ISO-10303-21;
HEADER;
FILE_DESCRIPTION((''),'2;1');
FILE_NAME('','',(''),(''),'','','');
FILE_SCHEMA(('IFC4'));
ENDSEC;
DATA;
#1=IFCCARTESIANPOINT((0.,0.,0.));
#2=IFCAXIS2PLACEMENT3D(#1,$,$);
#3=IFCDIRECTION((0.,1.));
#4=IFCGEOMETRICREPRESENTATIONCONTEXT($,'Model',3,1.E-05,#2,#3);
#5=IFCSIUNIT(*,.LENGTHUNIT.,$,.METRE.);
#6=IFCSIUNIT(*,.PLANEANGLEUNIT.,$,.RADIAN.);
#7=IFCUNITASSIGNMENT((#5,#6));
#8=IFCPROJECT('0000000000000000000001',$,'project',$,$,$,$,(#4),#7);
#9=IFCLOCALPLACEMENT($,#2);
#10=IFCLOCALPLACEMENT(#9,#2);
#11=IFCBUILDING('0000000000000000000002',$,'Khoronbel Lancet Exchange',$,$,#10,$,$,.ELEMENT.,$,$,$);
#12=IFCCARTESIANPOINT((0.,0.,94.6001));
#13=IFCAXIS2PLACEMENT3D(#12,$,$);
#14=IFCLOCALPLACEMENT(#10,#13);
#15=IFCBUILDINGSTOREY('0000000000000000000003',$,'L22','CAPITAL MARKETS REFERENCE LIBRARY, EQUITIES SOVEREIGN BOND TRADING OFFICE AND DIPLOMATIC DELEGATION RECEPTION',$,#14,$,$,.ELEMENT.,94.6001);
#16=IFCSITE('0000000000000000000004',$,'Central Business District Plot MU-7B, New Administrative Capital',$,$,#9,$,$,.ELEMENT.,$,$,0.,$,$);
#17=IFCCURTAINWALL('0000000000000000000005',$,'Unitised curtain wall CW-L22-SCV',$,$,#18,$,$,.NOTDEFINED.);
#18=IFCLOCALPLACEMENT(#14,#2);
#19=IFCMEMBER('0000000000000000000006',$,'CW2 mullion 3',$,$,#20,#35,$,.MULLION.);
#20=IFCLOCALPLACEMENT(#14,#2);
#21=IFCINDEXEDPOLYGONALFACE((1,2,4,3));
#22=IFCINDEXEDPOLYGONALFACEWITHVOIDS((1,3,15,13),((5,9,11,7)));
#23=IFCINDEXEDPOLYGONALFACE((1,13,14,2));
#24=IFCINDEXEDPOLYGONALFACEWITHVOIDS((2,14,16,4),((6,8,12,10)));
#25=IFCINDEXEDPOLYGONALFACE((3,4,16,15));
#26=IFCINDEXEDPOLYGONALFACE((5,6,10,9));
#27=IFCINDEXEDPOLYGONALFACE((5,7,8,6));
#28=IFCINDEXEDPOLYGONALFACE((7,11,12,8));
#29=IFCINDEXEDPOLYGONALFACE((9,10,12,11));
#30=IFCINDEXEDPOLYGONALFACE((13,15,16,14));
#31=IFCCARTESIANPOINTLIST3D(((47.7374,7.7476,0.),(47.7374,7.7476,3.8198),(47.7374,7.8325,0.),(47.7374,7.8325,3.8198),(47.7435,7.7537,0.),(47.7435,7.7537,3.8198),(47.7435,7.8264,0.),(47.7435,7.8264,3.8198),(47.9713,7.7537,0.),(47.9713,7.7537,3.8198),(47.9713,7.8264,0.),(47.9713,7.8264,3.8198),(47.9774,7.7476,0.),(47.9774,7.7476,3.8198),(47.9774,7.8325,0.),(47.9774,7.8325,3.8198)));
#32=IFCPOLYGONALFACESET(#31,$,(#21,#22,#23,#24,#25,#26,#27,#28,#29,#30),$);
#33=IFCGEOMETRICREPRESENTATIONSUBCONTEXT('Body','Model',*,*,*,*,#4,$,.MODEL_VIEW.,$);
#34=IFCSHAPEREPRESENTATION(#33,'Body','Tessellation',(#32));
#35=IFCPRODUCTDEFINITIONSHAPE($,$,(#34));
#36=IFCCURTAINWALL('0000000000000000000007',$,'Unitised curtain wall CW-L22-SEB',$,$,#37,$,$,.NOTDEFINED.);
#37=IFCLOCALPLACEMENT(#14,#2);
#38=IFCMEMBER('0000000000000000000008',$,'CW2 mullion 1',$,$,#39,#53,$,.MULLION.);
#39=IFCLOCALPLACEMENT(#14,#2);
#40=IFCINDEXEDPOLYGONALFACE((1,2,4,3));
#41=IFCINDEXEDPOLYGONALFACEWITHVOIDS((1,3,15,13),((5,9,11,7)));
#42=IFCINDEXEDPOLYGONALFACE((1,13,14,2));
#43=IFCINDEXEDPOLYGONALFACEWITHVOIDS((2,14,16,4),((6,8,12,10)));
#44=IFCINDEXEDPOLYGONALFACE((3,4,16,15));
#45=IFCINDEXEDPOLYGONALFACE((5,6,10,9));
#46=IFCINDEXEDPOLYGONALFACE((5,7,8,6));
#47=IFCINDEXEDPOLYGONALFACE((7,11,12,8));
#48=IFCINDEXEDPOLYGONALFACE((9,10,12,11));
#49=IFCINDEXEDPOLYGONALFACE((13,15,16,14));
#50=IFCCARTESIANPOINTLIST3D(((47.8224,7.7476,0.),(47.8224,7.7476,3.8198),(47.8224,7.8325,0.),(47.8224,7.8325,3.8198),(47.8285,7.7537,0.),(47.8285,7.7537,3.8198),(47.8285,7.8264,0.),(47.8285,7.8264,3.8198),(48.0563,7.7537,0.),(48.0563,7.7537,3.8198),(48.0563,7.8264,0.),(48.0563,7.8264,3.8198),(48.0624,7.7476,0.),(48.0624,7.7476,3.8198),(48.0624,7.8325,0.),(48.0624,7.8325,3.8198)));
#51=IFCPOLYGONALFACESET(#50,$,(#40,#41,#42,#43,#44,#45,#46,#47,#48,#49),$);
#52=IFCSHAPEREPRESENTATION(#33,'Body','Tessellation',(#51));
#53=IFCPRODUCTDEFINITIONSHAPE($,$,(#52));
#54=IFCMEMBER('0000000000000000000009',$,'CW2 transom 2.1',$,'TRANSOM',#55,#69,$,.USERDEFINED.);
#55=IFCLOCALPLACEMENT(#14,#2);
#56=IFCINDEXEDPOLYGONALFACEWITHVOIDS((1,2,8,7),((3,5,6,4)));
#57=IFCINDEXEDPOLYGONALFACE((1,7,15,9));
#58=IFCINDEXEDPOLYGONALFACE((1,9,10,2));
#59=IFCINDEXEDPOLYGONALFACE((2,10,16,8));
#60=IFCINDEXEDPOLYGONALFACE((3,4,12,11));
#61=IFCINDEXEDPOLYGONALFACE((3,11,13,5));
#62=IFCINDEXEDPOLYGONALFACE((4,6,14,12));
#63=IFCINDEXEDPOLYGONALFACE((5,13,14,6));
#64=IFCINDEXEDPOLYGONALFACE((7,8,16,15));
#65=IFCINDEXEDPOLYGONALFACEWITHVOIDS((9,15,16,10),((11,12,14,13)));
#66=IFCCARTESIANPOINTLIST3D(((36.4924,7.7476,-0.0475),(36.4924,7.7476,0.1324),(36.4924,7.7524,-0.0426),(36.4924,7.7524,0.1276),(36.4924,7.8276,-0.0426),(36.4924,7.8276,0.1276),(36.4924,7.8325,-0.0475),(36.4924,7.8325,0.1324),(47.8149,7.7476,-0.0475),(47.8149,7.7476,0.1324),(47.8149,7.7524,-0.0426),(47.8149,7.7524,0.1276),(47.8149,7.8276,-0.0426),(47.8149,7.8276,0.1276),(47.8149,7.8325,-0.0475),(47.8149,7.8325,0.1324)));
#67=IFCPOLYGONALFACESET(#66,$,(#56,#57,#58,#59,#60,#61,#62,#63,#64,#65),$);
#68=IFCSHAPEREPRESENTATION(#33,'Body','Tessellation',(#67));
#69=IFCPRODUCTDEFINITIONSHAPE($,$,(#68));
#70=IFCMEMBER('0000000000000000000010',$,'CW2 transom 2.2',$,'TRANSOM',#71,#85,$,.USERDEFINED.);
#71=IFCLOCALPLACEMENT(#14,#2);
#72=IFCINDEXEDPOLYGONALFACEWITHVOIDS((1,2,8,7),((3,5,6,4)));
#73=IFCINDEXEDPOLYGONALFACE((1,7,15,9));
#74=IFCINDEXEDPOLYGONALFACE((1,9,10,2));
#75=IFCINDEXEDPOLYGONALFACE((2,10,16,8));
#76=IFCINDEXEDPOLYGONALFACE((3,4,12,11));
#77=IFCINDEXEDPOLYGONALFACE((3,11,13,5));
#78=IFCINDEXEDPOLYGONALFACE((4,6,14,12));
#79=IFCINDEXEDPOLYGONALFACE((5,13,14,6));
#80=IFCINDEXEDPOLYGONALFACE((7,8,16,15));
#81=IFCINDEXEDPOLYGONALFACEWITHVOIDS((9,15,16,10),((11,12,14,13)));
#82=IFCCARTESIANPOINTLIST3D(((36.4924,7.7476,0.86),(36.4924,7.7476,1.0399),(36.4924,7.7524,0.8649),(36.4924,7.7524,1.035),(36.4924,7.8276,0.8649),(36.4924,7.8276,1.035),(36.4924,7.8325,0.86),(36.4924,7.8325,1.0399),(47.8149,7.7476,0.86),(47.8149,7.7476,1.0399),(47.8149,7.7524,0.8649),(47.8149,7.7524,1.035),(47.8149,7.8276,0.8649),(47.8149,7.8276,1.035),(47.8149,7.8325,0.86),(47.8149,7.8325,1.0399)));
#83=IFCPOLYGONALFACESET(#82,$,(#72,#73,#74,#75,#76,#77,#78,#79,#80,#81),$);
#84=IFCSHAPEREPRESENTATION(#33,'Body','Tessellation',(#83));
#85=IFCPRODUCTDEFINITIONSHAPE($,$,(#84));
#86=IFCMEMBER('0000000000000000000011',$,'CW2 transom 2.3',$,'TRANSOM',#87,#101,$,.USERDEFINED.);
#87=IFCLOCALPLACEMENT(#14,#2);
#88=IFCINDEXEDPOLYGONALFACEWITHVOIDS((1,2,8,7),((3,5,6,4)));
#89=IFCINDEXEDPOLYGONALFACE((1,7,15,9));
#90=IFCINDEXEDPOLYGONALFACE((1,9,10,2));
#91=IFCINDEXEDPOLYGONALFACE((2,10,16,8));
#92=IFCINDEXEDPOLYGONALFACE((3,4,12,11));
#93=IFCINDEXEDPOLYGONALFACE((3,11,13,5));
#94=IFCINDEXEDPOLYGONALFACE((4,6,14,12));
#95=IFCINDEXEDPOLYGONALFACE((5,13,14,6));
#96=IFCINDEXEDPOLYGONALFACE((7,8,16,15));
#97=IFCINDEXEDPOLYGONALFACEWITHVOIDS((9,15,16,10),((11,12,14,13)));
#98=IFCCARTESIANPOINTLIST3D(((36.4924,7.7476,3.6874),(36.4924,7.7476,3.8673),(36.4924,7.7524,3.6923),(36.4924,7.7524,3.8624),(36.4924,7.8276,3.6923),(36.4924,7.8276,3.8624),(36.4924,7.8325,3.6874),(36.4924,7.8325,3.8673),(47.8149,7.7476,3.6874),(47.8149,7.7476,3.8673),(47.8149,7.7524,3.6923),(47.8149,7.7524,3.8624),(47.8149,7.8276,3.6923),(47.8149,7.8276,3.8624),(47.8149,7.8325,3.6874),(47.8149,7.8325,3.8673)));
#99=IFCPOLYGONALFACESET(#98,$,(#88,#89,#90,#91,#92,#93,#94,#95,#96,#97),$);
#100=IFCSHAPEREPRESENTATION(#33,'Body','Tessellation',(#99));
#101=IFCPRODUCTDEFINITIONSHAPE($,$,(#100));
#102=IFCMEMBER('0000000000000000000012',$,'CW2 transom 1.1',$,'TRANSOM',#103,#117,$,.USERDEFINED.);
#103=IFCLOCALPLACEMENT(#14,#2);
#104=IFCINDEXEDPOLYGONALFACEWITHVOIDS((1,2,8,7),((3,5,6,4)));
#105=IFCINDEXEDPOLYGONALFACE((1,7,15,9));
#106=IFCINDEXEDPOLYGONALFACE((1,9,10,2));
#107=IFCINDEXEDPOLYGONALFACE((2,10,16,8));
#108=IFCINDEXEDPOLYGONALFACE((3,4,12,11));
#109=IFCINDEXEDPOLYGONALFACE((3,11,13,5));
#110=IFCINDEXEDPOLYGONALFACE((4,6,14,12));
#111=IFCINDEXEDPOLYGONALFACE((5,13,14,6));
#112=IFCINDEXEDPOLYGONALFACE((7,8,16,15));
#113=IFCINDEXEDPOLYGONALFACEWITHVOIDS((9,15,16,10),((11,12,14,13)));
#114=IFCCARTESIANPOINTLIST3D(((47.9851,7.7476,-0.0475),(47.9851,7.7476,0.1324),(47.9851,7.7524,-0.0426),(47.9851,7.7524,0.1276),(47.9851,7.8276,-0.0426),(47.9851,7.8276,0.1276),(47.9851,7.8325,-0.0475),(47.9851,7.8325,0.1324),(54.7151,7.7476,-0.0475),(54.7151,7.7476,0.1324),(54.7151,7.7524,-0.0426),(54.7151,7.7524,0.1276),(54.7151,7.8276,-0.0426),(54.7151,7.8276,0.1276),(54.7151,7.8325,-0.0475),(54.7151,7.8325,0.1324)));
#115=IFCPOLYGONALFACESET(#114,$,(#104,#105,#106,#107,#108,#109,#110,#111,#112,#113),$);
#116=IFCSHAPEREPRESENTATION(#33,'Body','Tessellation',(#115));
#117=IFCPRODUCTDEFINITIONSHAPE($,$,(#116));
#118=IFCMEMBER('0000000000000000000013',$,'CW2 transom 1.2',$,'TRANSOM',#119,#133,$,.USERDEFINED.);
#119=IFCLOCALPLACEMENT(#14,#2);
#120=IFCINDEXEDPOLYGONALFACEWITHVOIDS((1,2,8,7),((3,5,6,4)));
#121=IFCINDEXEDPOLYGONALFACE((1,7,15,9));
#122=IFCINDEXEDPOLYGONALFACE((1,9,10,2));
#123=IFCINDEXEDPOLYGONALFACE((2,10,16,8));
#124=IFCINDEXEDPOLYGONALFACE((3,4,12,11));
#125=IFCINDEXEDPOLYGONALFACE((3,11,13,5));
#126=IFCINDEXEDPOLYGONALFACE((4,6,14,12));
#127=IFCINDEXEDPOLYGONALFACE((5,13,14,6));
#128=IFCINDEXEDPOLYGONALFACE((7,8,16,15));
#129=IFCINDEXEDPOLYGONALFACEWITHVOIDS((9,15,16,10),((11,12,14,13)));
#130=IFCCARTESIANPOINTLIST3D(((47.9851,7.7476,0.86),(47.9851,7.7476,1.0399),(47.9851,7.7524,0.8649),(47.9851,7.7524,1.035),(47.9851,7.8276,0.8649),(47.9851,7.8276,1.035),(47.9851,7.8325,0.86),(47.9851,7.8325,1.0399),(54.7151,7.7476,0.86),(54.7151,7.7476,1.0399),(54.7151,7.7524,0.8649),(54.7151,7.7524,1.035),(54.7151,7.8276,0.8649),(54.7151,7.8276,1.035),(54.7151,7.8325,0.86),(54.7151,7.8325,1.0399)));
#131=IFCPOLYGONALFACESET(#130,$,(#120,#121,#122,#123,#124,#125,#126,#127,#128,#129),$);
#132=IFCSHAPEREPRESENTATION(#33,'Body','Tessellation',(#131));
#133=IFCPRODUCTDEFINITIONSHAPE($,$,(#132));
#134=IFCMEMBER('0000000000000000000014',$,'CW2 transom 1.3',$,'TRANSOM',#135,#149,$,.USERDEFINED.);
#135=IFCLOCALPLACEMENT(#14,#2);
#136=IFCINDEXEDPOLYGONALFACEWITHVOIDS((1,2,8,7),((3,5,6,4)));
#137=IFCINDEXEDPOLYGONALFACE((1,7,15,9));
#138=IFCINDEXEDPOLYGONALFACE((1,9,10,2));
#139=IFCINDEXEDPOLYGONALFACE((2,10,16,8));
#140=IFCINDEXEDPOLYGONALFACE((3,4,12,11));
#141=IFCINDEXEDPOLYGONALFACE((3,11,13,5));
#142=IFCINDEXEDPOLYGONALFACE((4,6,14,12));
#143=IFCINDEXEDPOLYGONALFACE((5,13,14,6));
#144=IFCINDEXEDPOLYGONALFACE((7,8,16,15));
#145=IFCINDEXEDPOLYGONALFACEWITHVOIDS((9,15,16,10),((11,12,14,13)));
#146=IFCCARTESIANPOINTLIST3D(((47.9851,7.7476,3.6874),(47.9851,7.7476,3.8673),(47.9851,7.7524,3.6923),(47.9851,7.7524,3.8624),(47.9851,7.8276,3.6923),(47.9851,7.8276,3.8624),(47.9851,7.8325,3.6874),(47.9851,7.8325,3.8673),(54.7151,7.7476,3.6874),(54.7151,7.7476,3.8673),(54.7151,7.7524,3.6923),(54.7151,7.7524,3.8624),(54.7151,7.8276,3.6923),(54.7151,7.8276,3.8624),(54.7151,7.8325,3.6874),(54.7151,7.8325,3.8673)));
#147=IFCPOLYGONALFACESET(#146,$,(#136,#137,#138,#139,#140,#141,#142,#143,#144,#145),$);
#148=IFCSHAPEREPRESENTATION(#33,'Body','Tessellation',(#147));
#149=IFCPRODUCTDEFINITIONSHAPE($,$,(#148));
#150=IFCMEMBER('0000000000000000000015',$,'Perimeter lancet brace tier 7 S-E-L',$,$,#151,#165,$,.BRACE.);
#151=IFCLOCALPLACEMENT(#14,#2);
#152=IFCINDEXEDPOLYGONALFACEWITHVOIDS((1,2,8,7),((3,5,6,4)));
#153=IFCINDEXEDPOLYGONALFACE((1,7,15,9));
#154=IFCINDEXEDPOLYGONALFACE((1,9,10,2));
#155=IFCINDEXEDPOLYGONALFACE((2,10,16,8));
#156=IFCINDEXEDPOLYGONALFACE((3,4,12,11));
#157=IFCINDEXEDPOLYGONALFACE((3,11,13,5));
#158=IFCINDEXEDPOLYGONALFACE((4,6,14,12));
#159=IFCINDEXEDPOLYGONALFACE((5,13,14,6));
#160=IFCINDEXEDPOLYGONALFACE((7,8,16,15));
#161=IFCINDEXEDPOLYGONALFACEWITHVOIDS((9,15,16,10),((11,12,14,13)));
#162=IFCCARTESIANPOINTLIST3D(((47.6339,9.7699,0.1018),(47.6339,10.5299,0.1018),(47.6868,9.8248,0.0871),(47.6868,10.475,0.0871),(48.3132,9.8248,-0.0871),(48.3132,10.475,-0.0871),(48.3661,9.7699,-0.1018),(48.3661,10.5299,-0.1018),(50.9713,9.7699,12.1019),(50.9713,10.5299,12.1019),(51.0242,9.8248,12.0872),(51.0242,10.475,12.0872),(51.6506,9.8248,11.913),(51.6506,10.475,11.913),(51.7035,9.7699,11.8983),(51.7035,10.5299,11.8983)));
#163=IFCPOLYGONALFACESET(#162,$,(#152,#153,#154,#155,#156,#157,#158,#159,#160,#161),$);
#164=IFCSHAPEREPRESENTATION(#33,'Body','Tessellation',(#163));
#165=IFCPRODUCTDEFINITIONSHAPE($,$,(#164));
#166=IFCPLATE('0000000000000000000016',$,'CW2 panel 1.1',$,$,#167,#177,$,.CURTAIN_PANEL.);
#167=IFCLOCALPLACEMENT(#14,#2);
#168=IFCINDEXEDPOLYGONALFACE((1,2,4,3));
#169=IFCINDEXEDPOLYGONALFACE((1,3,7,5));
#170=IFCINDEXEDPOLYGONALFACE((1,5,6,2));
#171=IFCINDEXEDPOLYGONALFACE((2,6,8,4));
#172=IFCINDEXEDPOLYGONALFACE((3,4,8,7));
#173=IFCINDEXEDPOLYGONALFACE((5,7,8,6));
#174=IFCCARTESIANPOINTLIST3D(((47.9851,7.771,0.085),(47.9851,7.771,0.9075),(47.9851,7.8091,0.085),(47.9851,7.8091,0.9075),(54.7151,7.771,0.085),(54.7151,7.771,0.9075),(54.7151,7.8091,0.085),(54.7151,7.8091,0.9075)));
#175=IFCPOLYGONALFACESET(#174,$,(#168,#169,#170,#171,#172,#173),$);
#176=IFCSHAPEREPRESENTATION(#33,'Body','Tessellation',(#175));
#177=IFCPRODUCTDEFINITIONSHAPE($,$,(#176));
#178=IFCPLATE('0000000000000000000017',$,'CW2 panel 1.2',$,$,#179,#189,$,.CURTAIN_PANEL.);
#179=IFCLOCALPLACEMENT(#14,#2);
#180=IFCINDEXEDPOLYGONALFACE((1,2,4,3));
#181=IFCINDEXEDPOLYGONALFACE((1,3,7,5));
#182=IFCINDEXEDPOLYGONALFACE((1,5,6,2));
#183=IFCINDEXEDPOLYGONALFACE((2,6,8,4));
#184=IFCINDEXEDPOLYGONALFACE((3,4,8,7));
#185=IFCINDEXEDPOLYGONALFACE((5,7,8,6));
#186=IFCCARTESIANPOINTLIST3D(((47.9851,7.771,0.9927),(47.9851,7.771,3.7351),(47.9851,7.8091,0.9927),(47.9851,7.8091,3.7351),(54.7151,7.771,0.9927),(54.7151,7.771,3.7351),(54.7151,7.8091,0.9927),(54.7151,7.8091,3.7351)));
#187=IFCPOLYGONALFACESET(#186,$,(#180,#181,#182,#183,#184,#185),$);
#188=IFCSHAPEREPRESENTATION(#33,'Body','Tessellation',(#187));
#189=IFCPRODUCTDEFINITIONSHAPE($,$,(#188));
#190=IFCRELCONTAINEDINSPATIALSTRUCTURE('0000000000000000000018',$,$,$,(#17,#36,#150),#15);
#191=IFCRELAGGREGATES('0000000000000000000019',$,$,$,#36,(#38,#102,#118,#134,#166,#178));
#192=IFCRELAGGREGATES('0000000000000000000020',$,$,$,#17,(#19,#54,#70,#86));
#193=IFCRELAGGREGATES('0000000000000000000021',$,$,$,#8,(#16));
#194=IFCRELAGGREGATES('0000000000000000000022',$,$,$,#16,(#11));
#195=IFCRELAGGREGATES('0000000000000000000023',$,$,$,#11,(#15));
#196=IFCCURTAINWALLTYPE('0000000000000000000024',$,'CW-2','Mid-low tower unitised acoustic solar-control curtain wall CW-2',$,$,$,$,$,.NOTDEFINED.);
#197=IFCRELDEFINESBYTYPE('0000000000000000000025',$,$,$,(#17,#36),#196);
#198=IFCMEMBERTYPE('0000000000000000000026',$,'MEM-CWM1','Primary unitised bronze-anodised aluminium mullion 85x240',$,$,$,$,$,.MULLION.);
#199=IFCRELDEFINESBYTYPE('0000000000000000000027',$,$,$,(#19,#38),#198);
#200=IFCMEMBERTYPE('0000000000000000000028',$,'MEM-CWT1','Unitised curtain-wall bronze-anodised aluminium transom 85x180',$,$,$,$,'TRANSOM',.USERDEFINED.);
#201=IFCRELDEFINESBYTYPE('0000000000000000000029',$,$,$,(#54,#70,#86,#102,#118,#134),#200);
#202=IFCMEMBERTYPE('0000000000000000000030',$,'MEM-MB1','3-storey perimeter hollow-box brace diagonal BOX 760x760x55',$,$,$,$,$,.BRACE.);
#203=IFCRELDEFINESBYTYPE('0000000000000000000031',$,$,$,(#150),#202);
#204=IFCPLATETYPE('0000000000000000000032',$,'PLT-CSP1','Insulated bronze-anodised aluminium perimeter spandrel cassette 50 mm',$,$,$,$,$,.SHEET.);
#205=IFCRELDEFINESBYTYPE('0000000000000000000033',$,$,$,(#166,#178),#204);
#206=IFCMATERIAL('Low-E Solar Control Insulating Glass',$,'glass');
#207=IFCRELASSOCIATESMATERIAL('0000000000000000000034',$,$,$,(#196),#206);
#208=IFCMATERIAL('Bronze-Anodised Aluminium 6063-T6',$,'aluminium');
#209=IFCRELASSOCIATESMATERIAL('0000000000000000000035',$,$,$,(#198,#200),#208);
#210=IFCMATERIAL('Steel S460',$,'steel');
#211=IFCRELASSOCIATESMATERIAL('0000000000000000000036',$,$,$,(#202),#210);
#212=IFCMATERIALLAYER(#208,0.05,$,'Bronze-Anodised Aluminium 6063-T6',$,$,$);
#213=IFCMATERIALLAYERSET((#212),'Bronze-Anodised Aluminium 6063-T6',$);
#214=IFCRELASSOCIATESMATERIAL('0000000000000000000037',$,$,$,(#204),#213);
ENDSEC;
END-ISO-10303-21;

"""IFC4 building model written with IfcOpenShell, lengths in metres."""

from ifc_helpers import new_model, si_unit, direction, frame, origin, origin_2d, place, context, subcontext, project, spatial, rectangle, hollow_rectangle, extrude, material, layer, layer_set, material_profile, profile_set, type_object, element, aggregate, save


model = new_model("IFC4")

# Units and contexts
model_context = context("Model", 3, precision=1e-05, world=origin(), true_north=direction((0.0, 1.0)))
body_context = subcontext(model_context, "Body", "Model", "MODEL_VIEW")
ifc_project = project(units=[si_unit("LENGTHUNIT", "METRE"), si_unit("PLANEANGLEUNIT", "RADIAN")], contexts=[model_context])

# Site, building, storey
site_placement = place(None, origin())
site = spatial("IfcSite", under=ifc_project, at=site_placement, Name="Central Business District Plot MU-7B, New Administrative Capital", CompositionType="ELEMENT", RefElevation=0.0)
building_placement = place(site_placement, origin())
building = spatial("IfcBuilding", under=site, at=building_placement, Name="Khoronbel Lancet Exchange", CompositionType="ELEMENT")
storey_placement = place(building_placement, frame((0.0, 0.0, 94.6001)))
storey = spatial("IfcBuildingStorey", under=building, at=storey_placement, Name="L22", Description="CAPITAL MARKETS REFERENCE LIBRARY, EQUITIES SOVEREIGN BOND TRADING OFFICE AND DIPLOMATIC DELEGATION RECEPTION", CompositionType="ELEMENT", Elevation=94.6001)

# Shared definitions
ifc_material_1 = material(Name="Steel S460", Category="steel")

# Curtain wall, member
ifc_material_2 = material(Name="Low-E Solar Control Insulating Glass", Category="glass")
curtain_wall_type = type_object("IfcCurtainWallType", Name="CW-2", Description="Mid-low tower unitised acoustic solar-control curtain wall CW-2", PredefinedType="NOTDEFINED", material=ifc_material_2)
curtain_wall_1_placement = place(storey_placement, origin())
curtain_wall_1 = element("IfcCurtainWall", 1, at=curtain_wall_1_placement, inside=storey, type_object=curtain_wall_type, Name="Unitised curtain wall CW-L22-SCV", PredefinedType="NOTDEFINED")
ifc_material_3 = material(Name="Bronze-Anodised Aluminium 6063-T6", Category="aluminium")
ifc_material_profile_1 = material_profile(ifc_material_3, hollow_rectangle(XDim=0.085, YDim=0.24, WallThickness=0.0061, at=origin_2d()), Name="ALU MULLION 85x240")
ifc_profile_set_1 = profile_set([ifc_material_profile_1], Name="Bronze-Anodised Aluminium 6063-T6")
member_type_1 = type_object("IfcMemberType", Name="MEM-CWM1", Description="Primary unitised bronze-anodised aluminium mullion 85x240", PredefinedType="MULLION", material=ifc_profile_set_1)
member_1_placement = place(storey_placement, frame((47.8574, 7.79, 0.0), z_axis=(0.0, 0.0, 1.0), x_axis=(0.0, 1.0, 0.0)))
member_1 = element("IfcMember", 2, at=member_1_placement, type_object=member_type_1, Name="CW2 mullion 3", PredefinedType="MULLION", context=body_context, shape_type="SweptSolid", body=[
    extrude(hollow_rectangle(XDim=0.085, YDim=0.24, WallThickness=0.0061, at=origin_2d()), origin(), (0.0, 0.0, 1.0), 3.8198),
])

# Curtain wall, member
curtain_wall_2_placement = place(storey_placement, origin())
curtain_wall_2 = element("IfcCurtainWall", 3, at=curtain_wall_2_placement, inside=storey, type_object=curtain_wall_type, Name="Unitised curtain wall CW-L22-SEB", PredefinedType="NOTDEFINED")
member_2_placement = place(storey_placement, frame((47.9424, 7.79, 0.0), z_axis=(0.0, 0.0, 1.0), x_axis=(0.0, 1.0, 0.0)))
member_2 = element("IfcMember", 4, at=member_2_placement, type_object=member_type_1, Name="CW2 mullion 1", PredefinedType="MULLION", context=body_context, shape_type="SweptSolid", body=[
    extrude(hollow_rectangle(XDim=0.085, YDim=0.24, WallThickness=0.0061, at=origin_2d()), origin(), (0.0, 0.0, 1.0), 3.8198),
])

# Members
ifc_material_profile_2 = material_profile(ifc_material_3, hollow_rectangle(XDim=0.085, YDim=0.1799, WallThickness=0.0049, at=origin_2d()), Name="ALU TRANSOM 85x180")
ifc_profile_set_2 = profile_set([ifc_material_profile_2], Name="Bronze-Anodised Aluminium 6063-T6")
member_type_2 = type_object("IfcMemberType", Name="MEM-CWT1", Description="Unitised curtain-wall bronze-anodised aluminium transom 85x180", ElementType="TRANSOM", PredefinedType="USERDEFINED", material=ifc_profile_set_2)
member_3_placement = place(storey_placement, frame((36.4924, 7.79, 0.0425), z_axis=(1.0, 0.0, 0.0), x_axis=(0.0, 1.0, 0.0)))
member_3 = element("IfcMember", 5, at=member_3_placement, type_object=member_type_2, Name="CW2 transom 2.1", ObjectType="TRANSOM", PredefinedType="USERDEFINED", context=body_context, shape_type="SweptSolid", body=[
    extrude(hollow_rectangle(XDim=0.085, YDim=0.1799, WallThickness=0.0049, at=origin_2d()), origin(), (0.0, 0.0, 1.0), 11.3225),
])
member_4_placement = place(storey_placement, frame((36.4924, 7.79, 0.95), z_axis=(1.0, 0.0, 0.0), x_axis=(0.0, 1.0, 0.0)))
member_4 = element("IfcMember", 6, at=member_4_placement, type_object=member_type_2, Name="CW2 transom 2.2", ObjectType="TRANSOM", PredefinedType="USERDEFINED", context=body_context, shape_type="SweptSolid", body=[
    extrude(hollow_rectangle(XDim=0.085, YDim=0.1799, WallThickness=0.0049, at=origin_2d()), origin(), (0.0, 0.0, 1.0), 11.3225),
])
member_5_placement = place(storey_placement, frame((36.4924, 7.79, 3.7773), z_axis=(1.0, 0.0, 0.0), x_axis=(0.0, 1.0, 0.0)))
member_5 = element("IfcMember", 7, at=member_5_placement, type_object=member_type_2, Name="CW2 transom 2.3", ObjectType="TRANSOM", PredefinedType="USERDEFINED", context=body_context, shape_type="SweptSolid", body=[
    extrude(hollow_rectangle(XDim=0.085, YDim=0.1799, WallThickness=0.0049, at=origin_2d()), origin(), (0.0, 0.0, 1.0), 11.3225),
])
member_6_placement = place(storey_placement, frame((47.9851, 7.79, 0.0425), z_axis=(1.0, 0.0, 0.0), x_axis=(0.0, 1.0, 0.0)))
member_6 = element("IfcMember", 8, at=member_6_placement, type_object=member_type_2, Name="CW2 transom 1.1", ObjectType="TRANSOM", PredefinedType="USERDEFINED", context=body_context, shape_type="SweptSolid", body=[
    extrude(hollow_rectangle(XDim=0.085, YDim=0.1799, WallThickness=0.0049, at=origin_2d()), origin(), (0.0, 0.0, 1.0), 6.73),
])
member_7_placement = place(storey_placement, frame((47.9851, 7.79, 0.95), z_axis=(1.0, 0.0, 0.0), x_axis=(0.0, 1.0, 0.0)))
member_7 = element("IfcMember", 9, at=member_7_placement, type_object=member_type_2, Name="CW2 transom 1.2", ObjectType="TRANSOM", PredefinedType="USERDEFINED", context=body_context, shape_type="SweptSolid", body=[
    extrude(hollow_rectangle(XDim=0.085, YDim=0.1799, WallThickness=0.0049, at=origin_2d()), origin(), (0.0, 0.0, 1.0), 6.73),
])
member_8_placement = place(storey_placement, frame((47.9851, 7.79, 3.7773), z_axis=(1.0, 0.0, 0.0), x_axis=(0.0, 1.0, 0.0)))
member_8 = element("IfcMember", 10, at=member_8_placement, type_object=member_type_2, Name="CW2 transom 1.3", ObjectType="TRANSOM", PredefinedType="USERDEFINED", context=body_context, shape_type="SweptSolid", body=[
    extrude(hollow_rectangle(XDim=0.085, YDim=0.1799, WallThickness=0.0049, at=origin_2d()), origin(), (0.0, 0.0, 1.0), 6.73),
])
ifc_material_profile_3 = material_profile(ifc_material_1, hollow_rectangle(XDim=0.76, YDim=0.76, WallThickness=0.0549, at=origin_2d()), Name="BOX 760x760x55")
ifc_profile_set_3 = profile_set([ifc_material_profile_3], Name="Steel S460")
member_type_3 = type_object("IfcMemberType", Name="MEM-MB1", Description="3-storey perimeter hollow-box brace diagonal BOX 760x760x55", PredefinedType="BRACE", material=ifc_profile_set_3)
member_9_placement = place(storey_placement, frame((48.0, 10.1499, 0.0), z_axis=(0.267947, 0.0, 0.963434), x_axis=(0.0, 1.0, 0.0)))
element("IfcMember", 11, at=member_9_placement, inside=storey, type_object=member_type_3, Name="Perimeter lancet brace tier 7 S-E-L", PredefinedType="BRACE", context=body_context, shape_type="SweptSolid", body=[
    extrude(hollow_rectangle(XDim=0.76, YDim=0.76, WallThickness=0.0549, at=origin_2d()), origin(), (0.0, 0.0, 1.0), 12.4556),
])

# Plates
ifc_layer_1 = layer(ifc_material_3, 0.05, Name="Bronze-Anodised Aluminium 6063-T6")
ifc_layer_set_1 = layer_set([ifc_layer_1], Name="Bronze-Anodised Aluminium 6063-T6")
plate_type_1 = type_object("IfcPlateType", Name="PLT-CSP1", Description="Insulated bronze-anodised aluminium perimeter spandrel cassette 50 mm", PredefinedType="SHEET", material=ifc_layer_set_1)
plate_1_placement = place(storey_placement, frame((51.3501, 7.79, 0.085), z_axis=(0.0, 0.0, 1.0), x_axis=(1.0, 0.0, 0.0)))
plate_1 = element("IfcPlate", 12, at=plate_1_placement, type_object=plate_type_1, Name="CW2 panel 1.1", PredefinedType="CURTAIN_PANEL", context=body_context, shape_type="SweptSolid", body=[
    extrude(rectangle(XDim=6.73, YDim=0.0381, at=origin_2d()), origin(), (0.0, 0.0, 1.0), 0.8225),
])
plate_2_placement = place(storey_placement, frame((51.3501, 7.79, 0.9927), z_axis=(0.0, 0.0, 1.0), x_axis=(1.0, 0.0, 0.0)))
plate_2 = element("IfcPlate", 13, at=plate_2_placement, type_object=plate_type_1, Name="CW2 panel 1.2", PredefinedType="CURTAIN_PANEL", context=body_context, shape_type="SweptSolid", body=[
    extrude(rectangle(XDim=6.73, YDim=0.0381, at=origin_2d()), origin(), (0.0, 0.0, 1.0), 2.7424),
])
aggregate(curtain_wall_2, [member_2, member_6, member_7, member_8, plate_1, plate_2])
aggregate(curtain_wall_1, [member_1, member_3, member_4, member_5])

save(model, "model.ifc")
